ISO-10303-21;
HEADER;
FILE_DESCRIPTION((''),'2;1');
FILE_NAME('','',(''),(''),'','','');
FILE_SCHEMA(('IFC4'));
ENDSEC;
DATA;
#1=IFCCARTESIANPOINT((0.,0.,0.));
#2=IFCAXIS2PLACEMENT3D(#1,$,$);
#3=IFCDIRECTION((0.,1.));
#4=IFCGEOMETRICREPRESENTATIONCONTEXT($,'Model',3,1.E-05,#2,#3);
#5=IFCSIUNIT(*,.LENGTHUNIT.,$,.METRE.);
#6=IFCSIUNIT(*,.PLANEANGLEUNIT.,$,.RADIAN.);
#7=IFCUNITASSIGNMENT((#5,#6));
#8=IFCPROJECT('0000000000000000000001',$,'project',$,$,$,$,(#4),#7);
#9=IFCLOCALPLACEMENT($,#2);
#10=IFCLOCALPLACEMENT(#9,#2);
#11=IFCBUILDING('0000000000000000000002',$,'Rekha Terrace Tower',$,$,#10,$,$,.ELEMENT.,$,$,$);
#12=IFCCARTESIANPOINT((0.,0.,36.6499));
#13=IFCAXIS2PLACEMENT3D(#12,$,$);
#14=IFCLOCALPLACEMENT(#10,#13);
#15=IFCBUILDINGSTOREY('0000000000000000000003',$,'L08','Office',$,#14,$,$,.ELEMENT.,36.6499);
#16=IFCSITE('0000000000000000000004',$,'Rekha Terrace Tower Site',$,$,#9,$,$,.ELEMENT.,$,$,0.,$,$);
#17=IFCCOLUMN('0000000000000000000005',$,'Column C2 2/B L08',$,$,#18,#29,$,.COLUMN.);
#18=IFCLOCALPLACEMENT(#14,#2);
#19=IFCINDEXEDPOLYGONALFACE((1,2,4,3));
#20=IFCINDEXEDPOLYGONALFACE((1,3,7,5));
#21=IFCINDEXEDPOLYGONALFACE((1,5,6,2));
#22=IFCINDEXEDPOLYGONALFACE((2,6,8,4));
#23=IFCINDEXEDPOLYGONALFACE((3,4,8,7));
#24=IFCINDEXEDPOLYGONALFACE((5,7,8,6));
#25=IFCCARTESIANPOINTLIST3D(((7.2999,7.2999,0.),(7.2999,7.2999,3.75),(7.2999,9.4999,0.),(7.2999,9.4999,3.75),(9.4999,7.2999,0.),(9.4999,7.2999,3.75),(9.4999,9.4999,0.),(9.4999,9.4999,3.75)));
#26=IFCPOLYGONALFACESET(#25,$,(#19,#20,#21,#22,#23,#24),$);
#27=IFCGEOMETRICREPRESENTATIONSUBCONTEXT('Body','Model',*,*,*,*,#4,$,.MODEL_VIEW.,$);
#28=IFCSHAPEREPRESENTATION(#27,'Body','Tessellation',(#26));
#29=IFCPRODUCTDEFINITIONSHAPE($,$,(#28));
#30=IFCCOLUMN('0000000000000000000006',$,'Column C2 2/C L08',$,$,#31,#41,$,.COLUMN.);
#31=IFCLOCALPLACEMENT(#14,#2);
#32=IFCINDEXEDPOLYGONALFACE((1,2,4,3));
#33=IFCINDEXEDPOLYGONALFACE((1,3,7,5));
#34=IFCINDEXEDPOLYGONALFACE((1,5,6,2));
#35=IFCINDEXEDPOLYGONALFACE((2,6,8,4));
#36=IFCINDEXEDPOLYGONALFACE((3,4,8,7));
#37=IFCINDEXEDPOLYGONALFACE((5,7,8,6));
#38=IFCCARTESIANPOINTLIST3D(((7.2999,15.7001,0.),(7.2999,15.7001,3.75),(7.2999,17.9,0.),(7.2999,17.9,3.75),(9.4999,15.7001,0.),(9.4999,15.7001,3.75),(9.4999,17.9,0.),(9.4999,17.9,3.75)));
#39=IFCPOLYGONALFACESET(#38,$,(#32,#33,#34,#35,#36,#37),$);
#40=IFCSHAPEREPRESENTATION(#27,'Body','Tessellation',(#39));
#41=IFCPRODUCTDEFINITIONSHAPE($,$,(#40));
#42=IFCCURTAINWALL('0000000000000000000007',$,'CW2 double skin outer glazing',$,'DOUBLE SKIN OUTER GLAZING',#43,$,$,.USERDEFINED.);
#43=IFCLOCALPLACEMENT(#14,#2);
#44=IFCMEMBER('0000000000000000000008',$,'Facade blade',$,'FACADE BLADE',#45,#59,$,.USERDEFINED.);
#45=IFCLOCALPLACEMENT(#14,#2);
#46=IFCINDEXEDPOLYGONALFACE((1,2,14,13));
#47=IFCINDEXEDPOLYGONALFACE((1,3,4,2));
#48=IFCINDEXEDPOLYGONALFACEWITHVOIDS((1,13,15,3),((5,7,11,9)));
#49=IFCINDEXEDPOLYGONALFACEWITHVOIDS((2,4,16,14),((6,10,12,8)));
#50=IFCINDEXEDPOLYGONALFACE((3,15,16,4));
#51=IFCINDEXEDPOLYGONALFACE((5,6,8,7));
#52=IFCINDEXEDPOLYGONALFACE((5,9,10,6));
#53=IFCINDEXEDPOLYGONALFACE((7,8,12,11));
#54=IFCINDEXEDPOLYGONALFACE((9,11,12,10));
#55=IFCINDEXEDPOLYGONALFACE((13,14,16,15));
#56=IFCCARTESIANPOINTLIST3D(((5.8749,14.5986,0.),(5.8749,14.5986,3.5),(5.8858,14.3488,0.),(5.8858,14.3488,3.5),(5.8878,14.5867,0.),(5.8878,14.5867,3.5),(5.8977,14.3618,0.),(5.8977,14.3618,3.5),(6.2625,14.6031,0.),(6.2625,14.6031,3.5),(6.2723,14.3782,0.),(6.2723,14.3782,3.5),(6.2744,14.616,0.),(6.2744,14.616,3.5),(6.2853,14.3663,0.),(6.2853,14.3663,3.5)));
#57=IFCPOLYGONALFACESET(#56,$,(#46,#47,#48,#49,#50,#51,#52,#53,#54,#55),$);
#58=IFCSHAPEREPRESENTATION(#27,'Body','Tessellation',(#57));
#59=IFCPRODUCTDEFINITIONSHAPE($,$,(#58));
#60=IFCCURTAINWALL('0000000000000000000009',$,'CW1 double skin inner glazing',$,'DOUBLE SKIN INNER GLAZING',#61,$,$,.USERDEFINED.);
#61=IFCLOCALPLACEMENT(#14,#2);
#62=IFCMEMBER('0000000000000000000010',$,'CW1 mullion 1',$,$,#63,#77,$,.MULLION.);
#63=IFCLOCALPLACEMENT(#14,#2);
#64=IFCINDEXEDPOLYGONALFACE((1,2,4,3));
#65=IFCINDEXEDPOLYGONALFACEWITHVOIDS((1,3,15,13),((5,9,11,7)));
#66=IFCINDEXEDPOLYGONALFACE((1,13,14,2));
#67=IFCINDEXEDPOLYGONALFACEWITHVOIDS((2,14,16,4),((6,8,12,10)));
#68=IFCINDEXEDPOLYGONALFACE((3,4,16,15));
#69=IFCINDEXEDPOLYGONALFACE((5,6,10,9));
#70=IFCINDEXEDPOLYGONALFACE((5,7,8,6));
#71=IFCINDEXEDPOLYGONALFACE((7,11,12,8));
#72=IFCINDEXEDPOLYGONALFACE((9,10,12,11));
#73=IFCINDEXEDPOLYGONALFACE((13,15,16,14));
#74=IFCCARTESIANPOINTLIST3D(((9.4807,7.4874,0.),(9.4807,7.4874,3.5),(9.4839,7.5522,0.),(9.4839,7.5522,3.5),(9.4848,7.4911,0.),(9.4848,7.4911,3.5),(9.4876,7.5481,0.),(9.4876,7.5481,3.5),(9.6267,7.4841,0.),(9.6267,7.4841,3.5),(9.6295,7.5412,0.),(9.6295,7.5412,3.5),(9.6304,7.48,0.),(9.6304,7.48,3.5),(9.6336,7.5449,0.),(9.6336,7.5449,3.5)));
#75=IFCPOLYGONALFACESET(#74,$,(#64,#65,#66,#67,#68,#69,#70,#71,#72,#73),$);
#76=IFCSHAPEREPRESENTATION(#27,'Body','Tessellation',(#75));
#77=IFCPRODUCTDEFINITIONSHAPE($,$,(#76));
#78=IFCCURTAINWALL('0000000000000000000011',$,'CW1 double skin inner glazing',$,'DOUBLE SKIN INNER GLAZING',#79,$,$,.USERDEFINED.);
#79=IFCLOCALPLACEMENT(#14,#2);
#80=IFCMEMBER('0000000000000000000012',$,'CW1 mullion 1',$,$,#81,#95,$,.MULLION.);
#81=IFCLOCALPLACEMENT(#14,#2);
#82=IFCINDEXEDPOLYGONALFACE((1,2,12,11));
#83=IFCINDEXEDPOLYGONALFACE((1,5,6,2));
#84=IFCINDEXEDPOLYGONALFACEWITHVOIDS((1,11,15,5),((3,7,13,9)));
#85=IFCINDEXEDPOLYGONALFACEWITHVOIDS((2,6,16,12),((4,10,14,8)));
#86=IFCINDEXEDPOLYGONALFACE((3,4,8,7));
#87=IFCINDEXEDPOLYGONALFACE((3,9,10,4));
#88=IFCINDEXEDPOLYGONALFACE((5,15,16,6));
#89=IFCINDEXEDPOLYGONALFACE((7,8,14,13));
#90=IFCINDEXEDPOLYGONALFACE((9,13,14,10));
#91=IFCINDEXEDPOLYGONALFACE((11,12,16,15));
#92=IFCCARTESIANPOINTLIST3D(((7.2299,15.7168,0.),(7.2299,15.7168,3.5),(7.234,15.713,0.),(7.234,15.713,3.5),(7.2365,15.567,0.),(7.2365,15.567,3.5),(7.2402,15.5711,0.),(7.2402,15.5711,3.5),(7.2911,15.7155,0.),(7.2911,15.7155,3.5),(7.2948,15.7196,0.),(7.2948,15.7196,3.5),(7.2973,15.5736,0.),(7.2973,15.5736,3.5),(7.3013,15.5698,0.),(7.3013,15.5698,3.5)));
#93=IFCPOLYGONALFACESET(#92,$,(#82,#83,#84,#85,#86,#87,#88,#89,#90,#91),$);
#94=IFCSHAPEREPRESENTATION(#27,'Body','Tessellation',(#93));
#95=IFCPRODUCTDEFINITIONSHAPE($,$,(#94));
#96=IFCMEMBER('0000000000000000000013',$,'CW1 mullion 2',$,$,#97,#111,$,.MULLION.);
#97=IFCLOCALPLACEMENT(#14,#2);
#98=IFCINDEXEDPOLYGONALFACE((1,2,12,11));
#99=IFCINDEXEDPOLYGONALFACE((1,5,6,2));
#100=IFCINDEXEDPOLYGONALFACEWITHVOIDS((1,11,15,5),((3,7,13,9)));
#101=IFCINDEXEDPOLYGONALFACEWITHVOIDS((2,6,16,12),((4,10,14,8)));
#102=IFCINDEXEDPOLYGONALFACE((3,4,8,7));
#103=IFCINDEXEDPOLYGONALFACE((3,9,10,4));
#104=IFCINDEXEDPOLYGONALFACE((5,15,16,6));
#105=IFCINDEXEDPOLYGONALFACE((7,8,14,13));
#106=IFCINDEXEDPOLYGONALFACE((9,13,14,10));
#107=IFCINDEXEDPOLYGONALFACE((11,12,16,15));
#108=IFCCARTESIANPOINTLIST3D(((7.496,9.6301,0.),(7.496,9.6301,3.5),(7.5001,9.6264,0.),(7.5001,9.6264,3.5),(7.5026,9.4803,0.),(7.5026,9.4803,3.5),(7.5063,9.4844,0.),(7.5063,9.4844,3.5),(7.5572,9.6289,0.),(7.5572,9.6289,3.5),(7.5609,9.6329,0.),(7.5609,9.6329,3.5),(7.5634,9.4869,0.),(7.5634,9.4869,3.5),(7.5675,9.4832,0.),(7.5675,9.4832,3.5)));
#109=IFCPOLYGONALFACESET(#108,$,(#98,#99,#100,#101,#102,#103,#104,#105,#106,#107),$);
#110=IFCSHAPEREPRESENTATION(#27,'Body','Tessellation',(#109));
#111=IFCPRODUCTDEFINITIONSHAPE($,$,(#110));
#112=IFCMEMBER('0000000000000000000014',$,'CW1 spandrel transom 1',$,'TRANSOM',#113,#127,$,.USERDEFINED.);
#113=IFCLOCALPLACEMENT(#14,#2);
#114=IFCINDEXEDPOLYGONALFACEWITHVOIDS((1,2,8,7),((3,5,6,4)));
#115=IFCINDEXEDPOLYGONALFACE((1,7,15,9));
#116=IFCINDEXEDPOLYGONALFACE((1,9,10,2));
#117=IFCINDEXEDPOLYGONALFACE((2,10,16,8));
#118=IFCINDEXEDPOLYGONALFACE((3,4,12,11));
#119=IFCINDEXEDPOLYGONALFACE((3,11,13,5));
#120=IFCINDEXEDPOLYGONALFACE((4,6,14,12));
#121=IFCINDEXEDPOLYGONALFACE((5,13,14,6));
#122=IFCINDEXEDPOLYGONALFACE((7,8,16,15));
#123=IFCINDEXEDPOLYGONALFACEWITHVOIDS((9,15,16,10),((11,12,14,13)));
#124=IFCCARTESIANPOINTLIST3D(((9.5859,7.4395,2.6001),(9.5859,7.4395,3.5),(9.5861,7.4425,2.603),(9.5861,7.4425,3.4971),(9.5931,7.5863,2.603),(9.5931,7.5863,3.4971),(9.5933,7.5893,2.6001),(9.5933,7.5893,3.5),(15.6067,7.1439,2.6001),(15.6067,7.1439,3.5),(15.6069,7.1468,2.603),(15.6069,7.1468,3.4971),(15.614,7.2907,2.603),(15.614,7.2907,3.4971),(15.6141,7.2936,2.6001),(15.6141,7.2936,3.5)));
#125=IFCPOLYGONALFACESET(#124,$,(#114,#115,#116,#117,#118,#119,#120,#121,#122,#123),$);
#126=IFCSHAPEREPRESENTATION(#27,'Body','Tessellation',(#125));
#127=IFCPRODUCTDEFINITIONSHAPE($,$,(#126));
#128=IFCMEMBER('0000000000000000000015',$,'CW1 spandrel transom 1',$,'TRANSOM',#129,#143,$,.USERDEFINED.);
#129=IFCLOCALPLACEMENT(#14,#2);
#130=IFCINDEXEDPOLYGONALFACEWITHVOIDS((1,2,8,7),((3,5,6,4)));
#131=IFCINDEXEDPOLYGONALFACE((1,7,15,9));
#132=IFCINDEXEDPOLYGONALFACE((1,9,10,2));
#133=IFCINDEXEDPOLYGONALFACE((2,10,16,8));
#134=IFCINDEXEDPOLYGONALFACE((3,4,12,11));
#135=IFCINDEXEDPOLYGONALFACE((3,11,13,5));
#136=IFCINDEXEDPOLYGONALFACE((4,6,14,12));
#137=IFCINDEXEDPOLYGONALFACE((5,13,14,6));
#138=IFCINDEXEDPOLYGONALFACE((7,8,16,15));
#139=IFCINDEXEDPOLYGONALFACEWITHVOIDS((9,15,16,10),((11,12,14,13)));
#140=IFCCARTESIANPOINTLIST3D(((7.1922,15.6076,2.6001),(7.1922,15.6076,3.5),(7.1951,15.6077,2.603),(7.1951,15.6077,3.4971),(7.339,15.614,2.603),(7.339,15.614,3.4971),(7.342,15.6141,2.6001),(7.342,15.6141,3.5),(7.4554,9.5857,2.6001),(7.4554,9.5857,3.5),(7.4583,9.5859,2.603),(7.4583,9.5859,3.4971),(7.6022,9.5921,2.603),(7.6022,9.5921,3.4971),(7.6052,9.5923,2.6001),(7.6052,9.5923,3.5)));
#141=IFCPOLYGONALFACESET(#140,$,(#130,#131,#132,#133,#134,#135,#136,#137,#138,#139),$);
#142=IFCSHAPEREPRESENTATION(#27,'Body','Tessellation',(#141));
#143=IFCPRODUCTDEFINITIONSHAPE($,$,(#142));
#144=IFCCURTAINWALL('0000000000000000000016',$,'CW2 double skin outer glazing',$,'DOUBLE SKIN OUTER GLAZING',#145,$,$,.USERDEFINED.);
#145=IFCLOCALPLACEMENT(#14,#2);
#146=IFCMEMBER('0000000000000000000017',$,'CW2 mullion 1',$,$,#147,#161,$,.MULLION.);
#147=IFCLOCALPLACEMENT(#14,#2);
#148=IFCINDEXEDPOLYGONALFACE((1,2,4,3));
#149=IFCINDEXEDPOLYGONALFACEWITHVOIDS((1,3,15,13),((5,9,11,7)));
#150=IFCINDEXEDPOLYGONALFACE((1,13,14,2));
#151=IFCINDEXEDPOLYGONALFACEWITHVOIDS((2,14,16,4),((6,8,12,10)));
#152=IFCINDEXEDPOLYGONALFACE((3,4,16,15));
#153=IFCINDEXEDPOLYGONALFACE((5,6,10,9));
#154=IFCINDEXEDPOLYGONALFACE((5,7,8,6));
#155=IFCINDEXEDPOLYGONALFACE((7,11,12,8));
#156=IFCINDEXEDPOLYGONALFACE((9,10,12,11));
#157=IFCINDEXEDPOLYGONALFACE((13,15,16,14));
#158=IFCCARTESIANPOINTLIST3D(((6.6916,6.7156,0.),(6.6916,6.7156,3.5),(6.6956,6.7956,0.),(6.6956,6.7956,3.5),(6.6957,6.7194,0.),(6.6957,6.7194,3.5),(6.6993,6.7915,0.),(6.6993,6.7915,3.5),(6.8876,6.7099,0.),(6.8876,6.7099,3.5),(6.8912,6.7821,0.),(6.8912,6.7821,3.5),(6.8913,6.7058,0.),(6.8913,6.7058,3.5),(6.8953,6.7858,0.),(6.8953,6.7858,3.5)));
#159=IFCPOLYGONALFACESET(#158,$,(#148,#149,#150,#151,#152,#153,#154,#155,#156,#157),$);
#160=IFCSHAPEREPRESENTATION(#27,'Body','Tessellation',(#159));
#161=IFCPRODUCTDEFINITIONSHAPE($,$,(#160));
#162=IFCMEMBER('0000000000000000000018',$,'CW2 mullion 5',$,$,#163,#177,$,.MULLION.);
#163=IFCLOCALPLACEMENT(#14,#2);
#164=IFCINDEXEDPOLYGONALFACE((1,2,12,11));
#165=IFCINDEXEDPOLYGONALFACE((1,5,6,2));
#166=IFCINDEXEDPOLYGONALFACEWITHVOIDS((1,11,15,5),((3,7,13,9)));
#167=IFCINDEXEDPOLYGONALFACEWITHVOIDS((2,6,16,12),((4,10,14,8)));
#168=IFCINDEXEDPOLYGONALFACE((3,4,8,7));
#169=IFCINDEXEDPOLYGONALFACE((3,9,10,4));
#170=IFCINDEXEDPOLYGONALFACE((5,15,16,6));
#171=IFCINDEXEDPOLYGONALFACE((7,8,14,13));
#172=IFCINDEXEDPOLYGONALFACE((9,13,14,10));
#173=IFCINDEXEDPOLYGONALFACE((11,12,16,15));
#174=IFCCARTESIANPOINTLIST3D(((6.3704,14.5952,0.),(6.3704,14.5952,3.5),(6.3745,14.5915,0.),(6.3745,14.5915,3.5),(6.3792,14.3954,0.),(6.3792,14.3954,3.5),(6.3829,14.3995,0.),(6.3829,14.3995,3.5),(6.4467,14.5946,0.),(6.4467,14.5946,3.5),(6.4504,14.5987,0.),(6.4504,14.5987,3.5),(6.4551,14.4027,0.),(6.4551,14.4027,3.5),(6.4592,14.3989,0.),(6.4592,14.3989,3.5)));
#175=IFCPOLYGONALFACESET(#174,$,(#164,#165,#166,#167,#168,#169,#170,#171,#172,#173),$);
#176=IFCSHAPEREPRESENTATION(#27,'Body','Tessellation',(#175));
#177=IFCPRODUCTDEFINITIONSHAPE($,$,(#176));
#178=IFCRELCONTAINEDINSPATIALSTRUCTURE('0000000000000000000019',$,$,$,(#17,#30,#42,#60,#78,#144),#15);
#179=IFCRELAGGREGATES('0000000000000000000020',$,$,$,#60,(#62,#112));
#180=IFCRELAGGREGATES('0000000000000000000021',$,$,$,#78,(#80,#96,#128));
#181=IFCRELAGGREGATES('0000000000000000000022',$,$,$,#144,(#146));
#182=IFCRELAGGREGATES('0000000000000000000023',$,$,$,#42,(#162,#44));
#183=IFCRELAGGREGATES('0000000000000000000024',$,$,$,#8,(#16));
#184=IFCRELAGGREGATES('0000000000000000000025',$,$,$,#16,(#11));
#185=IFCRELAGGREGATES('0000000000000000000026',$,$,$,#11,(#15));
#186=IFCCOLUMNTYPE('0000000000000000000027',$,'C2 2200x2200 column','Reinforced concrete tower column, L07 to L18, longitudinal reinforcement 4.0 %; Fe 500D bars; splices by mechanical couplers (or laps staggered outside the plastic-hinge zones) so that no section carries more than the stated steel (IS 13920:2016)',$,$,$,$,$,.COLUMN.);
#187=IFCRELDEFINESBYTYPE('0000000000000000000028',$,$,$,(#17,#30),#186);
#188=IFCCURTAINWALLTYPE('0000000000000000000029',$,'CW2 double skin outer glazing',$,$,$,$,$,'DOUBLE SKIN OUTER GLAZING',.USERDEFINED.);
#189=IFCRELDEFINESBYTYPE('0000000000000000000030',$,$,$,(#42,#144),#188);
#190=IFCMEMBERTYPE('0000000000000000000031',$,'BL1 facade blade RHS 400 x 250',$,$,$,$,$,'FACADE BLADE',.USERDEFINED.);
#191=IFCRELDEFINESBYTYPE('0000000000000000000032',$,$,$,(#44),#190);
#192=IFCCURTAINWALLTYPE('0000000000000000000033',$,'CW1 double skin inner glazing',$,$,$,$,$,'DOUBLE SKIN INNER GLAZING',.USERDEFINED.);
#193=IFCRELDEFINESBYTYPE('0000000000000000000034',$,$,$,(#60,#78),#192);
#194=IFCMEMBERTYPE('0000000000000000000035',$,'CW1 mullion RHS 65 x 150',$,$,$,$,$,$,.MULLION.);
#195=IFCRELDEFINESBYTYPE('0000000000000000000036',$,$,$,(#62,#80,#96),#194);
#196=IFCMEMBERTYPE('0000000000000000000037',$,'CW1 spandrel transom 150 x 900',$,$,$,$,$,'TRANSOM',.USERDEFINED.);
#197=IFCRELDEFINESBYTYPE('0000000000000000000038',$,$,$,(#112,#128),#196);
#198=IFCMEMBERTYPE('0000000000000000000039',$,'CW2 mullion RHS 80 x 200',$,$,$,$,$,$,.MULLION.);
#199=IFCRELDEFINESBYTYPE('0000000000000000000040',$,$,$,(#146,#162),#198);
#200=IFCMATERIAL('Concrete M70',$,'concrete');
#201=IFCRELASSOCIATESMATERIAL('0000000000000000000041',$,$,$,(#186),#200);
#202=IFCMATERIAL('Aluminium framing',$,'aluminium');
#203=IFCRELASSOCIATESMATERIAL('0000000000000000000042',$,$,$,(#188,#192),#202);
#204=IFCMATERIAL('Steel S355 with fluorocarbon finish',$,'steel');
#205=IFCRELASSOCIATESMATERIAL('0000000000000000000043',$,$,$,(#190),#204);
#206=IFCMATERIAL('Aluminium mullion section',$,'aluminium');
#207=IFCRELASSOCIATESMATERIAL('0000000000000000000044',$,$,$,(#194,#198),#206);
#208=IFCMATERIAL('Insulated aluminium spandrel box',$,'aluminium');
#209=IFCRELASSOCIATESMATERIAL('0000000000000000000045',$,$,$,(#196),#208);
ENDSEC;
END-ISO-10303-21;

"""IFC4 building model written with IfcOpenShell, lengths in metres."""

from ifc_helpers import new_model, si_unit, direction, frame, origin, origin_2d, place, context, subcontext, project, spatial, rectangle, hollow_rectangle, extrude, material, material_profile, profile_set, type_object, element, aggregate, save


model = new_model("IFC4")

# Units and contexts
model_context = context("Model", 3, precision=1e-05, world=origin(), true_north=direction((0.0, 1.0)))
body_context = subcontext(model_context, "Body", "Model", "MODEL_VIEW")
ifc_project = project(units=[si_unit("LENGTHUNIT", "METRE"), si_unit("PLANEANGLEUNIT", "RADIAN")], contexts=[model_context])

# Site, building, storey
site_placement = place(None, origin())
site = spatial("IfcSite", under=ifc_project, at=site_placement, Name="Rekha Terrace Tower Site", CompositionType="ELEMENT", RefElevation=0.0)
building_placement = place(site_placement, origin())
building = spatial("IfcBuilding", under=site, at=building_placement, Name="Rekha Terrace Tower", CompositionType="ELEMENT")
storey_placement = place(building_placement, frame((0.0, 0.0, 36.6499)))
storey = spatial("IfcBuildingStorey", under=building, at=storey_placement, Name="L08", Description="Office", CompositionType="ELEMENT", Elevation=36.6499)

# Columns
ifc_material_1 = material(Name="Concrete M70", Category="concrete")
ifc_material_profile_1 = material_profile(ifc_material_1, rectangle(XDim=2.2, YDim=2.2, at=origin_2d()), Name="RC 2200x2200")
ifc_profile_set_1 = profile_set([ifc_material_profile_1], Name="Concrete M70")
column_type = type_object("IfcColumnType", Name="C2 2200x2200 column", Description="Reinforced concrete tower column, L07 to L18, longitudinal reinforcement 4.0 %; Fe 500D bars; splices by mechanical couplers (or laps staggered outside the plastic-hinge zones) so that no section carries more than the stated steel (IS 13920:2016)", PredefinedType="COLUMN", material=ifc_profile_set_1)
for number, where, z_axis, x_axis, name in (
    (1, (8.3999, 8.3999, 0.0), (0.0, 0.0, 1.0), (1.0, 0.0, 0.0), "Column C2 2/B L08"),
    (2, (8.3999, 16.8, 0.0), (0.0, 0.0, 1.0), (1.0, 0.0, 0.0), "Column C2 2/C L08"),
):
    element("IfcColumn", number, at=place(storey_placement, frame(where, z_axis=z_axis, x_axis=x_axis)), inside=storey, type_object=column_type, Name=name, PredefinedType="COLUMN", context=body_context, shape_type="SweptSolid", body=[
        extrude(rectangle(XDim=2.2, YDim=2.2, at=origin_2d()), origin(), (0.0, 0.0, 1.0), 3.75),
    ])

# Curtain walls, members
ifc_material_2 = material(Name="Aluminium framing", Category="aluminium")
curtain_wall_type_1 = type_object("IfcCurtainWallType", Name="CW2 double skin outer glazing", ElementType="DOUBLE SKIN OUTER GLAZING", PredefinedType="USERDEFINED", material=ifc_material_2)
curtain_wall_1_placement = place(storey_placement, origin())
curtain_wall_1 = element("IfcCurtainWall", 3, at=curtain_wall_1_placement, inside=storey, type_object=curtain_wall_type_1, Name="CW2 double skin outer glazing", ObjectType="DOUBLE SKIN OUTER GLAZING", PredefinedType="USERDEFINED")
ifc_material_3 = material(Name="Steel S355 with fluorocarbon finish", Category="steel")
ifc_material_profile_2 = material_profile(ifc_material_3, hollow_rectangle(XDim=0.25, YDim=0.3999, WallThickness=0.0125, at=origin_2d()), Name="RHS400x250x12.5")
ifc_profile_set_2 = profile_set([ifc_material_profile_2], Name="Steel S355 with fluorocarbon finish")
member_type_1 = type_object("IfcMemberType", Name="BL1 facade blade RHS 400 x 250", ElementType="FACADE BLADE", PredefinedType="USERDEFINED", material=ifc_profile_set_2)
member_1_placement = place(storey_placement, frame((6.0801, 14.4824, 0.0), z_axis=(0.0, 0.0, 1.0), x_axis=(0.043682, -0.999045, 0.0)))
member_1 = element("IfcMember", 4, at=member_1_placement, type_object=member_type_1, Name="Facade blade", ObjectType="FACADE BLADE", PredefinedType="USERDEFINED", context=body_context, shape_type="SweptSolid", body=[
    extrude(hollow_rectangle(XDim=0.25, YDim=0.3999, WallThickness=0.0125, at=origin_2d()), origin(), (0.0, 0.0, 1.0), 3.5),
])
curtain_wall_type_2 = type_object("IfcCurtainWallType", Name="CW1 double skin inner glazing", ElementType="DOUBLE SKIN INNER GLAZING", PredefinedType="USERDEFINED", material=ifc_material_2)
curtain_wall_2_placement = place(storey_placement, origin())
curtain_wall_2 = element("IfcCurtainWall", 5, at=curtain_wall_2_placement, inside=storey, type_object=curtain_wall_type_2, Name="CW1 double skin inner glazing", ObjectType="DOUBLE SKIN INNER GLAZING", PredefinedType="USERDEFINED")
ifc_material_4 = material(Name="Aluminium mullion section", Category="aluminium")
ifc_material_profile_3 = material_profile(ifc_material_4, hollow_rectangle(XDim=0.0649, YDim=0.1499, WallThickness=0.0039, at=origin_2d()), Name="AL RHS 65x150")
ifc_profile_set_3 = profile_set([ifc_material_profile_3], Name="Aluminium mullion section")
member_type_2 = type_object("IfcMemberType", Name="CW1 mullion RHS 65 x 150", PredefinedType="MULLION", material=ifc_profile_set_3)
member_2_placement = place(storey_placement, frame((9.5571, 7.5161, 0.0), z_axis=(0.0, 0.0, 1.0), x_axis=(0.049052, 0.998796, 0.0)))
member_2 = element("IfcMember", 6, at=member_2_placement, type_object=member_type_2, Name="CW1 mullion 1", PredefinedType="MULLION", context=body_context, shape_type="SweptSolid", body=[
    extrude(hollow_rectangle(XDim=0.0649, YDim=0.1499, WallThickness=0.0039, at=origin_2d()), origin(), (0.0, 0.0, 1.0), 3.5),
])

# Curtain wall, members
curtain_wall_3_placement = place(storey_placement, origin())
curtain_wall_3 = element("IfcCurtainWall", 7, at=curtain_wall_3_placement, inside=storey, type_object=curtain_wall_type_2, Name="CW1 double skin inner glazing", ObjectType="DOUBLE SKIN INNER GLAZING", PredefinedType="USERDEFINED")
member_3_placement = place(storey_placement, frame((7.2656, 15.6433, 0.0), z_axis=(0.0, 0.0, 1.0), x_axis=(0.999045, 0.043683, 0.0)))
member_3 = element("IfcMember", 8, at=member_3_placement, type_object=member_type_2, Name="CW1 mullion 1", PredefinedType="MULLION", context=body_context, shape_type="SweptSolid", body=[
    extrude(hollow_rectangle(XDim=0.0649, YDim=0.1499, WallThickness=0.0039, at=origin_2d()), origin(), (0.0, 0.0, 1.0), 3.5),
])
member_4_placement = place(storey_placement, frame((7.5317, 9.5566, 0.0), z_axis=(0.0, 0.0, 1.0), x_axis=(0.999045, 0.043683, 0.0)))
member_4 = element("IfcMember", 9, at=member_4_placement, type_object=member_type_2, Name="CW1 mullion 2", PredefinedType="MULLION", context=body_context, shape_type="SweptSolid", body=[
    extrude(hollow_rectangle(XDim=0.0649, YDim=0.1499, WallThickness=0.0039, at=origin_2d()), origin(), (0.0, 0.0, 1.0), 3.5),
])

# Members
ifc_material_5 = material(Name="Insulated aluminium spandrel box", Category="aluminium")
ifc_material_profile_4 = material_profile(ifc_material_5, hollow_rectangle(XDim=0.1499, YDim=0.8999, WallThickness=0.0029, at=origin_2d()), Name="AL SPANDREL BOX 150x900")
ifc_profile_set_4 = profile_set([ifc_material_profile_4], Name="Insulated aluminium spandrel box")
member_type_3 = type_object("IfcMemberType", Name="CW1 spandrel transom 150 x 900", ElementType="TRANSOM", PredefinedType="USERDEFINED", material=ifc_profile_set_4)
member_5_placement = place(storey_placement, frame((9.5896, 7.5144, 3.05), z_axis=(0.998796, -0.049047, 0.0), x_axis=(0.049047, 0.998796, 0.0)))
member_5 = element("IfcMember", 10, at=member_5_placement, type_object=member_type_3, Name="CW1 spandrel transom 1", ObjectType="TRANSOM", PredefinedType="USERDEFINED", context=body_context, shape_type="SweptSolid", body=[
    extrude(hollow_rectangle(XDim=0.1499, YDim=0.8999, WallThickness=0.0029, at=origin_2d()), origin(), (0.0, 0.0, 1.0), 6.0281),
])
aggregate(curtain_wall_2, [member_2, member_5])
member_6_placement = place(storey_placement, frame((7.2671, 15.6108, 3.05), z_axis=(0.043664, -0.999046, 0.0), x_axis=(0.999046, 0.043664, 0.0)))
member_6 = element("IfcMember", 11, at=member_6_placement, type_object=member_type_3, Name="CW1 spandrel transom 1", ObjectType="TRANSOM", PredefinedType="USERDEFINED", context=body_context, shape_type="SweptSolid", body=[
    extrude(hollow_rectangle(XDim=0.1499, YDim=0.8999, WallThickness=0.0029, at=origin_2d()), origin(), (0.0, 0.0, 1.0), 6.0276),
])

# Curtain wall, member
curtain_wall_4_placement = place(storey_placement, origin())
curtain_wall_4 = element("IfcCurtainWall", 12, at=curtain_wall_4_placement, inside=storey, type_object=curtain_wall_type_1, Name="CW2 double skin outer glazing", ObjectType="DOUBLE SKIN OUTER GLAZING", PredefinedType="USERDEFINED")
ifc_material_profile_5 = material_profile(ifc_material_4, hollow_rectangle(XDim=0.0801, YDim=0.2, WallThickness=0.0039, at=origin_2d()), Name="AL RHS 80x200")
ifc_profile_set_5 = profile_set([ifc_material_profile_5], Name="Aluminium mullion section")
member_type_4 = type_object("IfcMemberType", Name="CW2 mullion RHS 80 x 200", PredefinedType="MULLION", material=ifc_profile_set_5)
member_7_placement = place(storey_placement, frame((6.7935, 6.7507, 0.0), z_axis=(0.0, 0.0, 1.0), x_axis=(0.049052, 0.998796, 0.0)))
member_7 = element("IfcMember", 13, at=member_7_placement, type_object=member_type_4, Name="CW2 mullion 1", PredefinedType="MULLION", context=body_context, shape_type="SweptSolid", body=[
    extrude(hollow_rectangle(XDim=0.0801, YDim=0.2, WallThickness=0.0039, at=origin_2d()), origin(), (0.0, 0.0, 1.0), 3.5),
])

# Member
member_8_placement = place(storey_placement, frame((6.4148, 14.4971, 0.0), z_axis=(0.0, 0.0, 1.0), x_axis=(0.999045, 0.043683, 0.0)))
member_8 = element("IfcMember", 14, at=member_8_placement, type_object=member_type_4, Name="CW2 mullion 5", PredefinedType="MULLION", context=body_context, shape_type="SweptSolid", body=[
    extrude(hollow_rectangle(XDim=0.0801, YDim=0.2, WallThickness=0.0039, at=origin_2d()), origin(), (0.0, 0.0, 1.0), 3.5),
])

aggregate(curtain_wall_3, [member_3, member_4, member_6])
aggregate(curtain_wall_4, [member_7])
aggregate(curtain_wall_1, [member_8, member_1])

save(model, "model.ifc")
